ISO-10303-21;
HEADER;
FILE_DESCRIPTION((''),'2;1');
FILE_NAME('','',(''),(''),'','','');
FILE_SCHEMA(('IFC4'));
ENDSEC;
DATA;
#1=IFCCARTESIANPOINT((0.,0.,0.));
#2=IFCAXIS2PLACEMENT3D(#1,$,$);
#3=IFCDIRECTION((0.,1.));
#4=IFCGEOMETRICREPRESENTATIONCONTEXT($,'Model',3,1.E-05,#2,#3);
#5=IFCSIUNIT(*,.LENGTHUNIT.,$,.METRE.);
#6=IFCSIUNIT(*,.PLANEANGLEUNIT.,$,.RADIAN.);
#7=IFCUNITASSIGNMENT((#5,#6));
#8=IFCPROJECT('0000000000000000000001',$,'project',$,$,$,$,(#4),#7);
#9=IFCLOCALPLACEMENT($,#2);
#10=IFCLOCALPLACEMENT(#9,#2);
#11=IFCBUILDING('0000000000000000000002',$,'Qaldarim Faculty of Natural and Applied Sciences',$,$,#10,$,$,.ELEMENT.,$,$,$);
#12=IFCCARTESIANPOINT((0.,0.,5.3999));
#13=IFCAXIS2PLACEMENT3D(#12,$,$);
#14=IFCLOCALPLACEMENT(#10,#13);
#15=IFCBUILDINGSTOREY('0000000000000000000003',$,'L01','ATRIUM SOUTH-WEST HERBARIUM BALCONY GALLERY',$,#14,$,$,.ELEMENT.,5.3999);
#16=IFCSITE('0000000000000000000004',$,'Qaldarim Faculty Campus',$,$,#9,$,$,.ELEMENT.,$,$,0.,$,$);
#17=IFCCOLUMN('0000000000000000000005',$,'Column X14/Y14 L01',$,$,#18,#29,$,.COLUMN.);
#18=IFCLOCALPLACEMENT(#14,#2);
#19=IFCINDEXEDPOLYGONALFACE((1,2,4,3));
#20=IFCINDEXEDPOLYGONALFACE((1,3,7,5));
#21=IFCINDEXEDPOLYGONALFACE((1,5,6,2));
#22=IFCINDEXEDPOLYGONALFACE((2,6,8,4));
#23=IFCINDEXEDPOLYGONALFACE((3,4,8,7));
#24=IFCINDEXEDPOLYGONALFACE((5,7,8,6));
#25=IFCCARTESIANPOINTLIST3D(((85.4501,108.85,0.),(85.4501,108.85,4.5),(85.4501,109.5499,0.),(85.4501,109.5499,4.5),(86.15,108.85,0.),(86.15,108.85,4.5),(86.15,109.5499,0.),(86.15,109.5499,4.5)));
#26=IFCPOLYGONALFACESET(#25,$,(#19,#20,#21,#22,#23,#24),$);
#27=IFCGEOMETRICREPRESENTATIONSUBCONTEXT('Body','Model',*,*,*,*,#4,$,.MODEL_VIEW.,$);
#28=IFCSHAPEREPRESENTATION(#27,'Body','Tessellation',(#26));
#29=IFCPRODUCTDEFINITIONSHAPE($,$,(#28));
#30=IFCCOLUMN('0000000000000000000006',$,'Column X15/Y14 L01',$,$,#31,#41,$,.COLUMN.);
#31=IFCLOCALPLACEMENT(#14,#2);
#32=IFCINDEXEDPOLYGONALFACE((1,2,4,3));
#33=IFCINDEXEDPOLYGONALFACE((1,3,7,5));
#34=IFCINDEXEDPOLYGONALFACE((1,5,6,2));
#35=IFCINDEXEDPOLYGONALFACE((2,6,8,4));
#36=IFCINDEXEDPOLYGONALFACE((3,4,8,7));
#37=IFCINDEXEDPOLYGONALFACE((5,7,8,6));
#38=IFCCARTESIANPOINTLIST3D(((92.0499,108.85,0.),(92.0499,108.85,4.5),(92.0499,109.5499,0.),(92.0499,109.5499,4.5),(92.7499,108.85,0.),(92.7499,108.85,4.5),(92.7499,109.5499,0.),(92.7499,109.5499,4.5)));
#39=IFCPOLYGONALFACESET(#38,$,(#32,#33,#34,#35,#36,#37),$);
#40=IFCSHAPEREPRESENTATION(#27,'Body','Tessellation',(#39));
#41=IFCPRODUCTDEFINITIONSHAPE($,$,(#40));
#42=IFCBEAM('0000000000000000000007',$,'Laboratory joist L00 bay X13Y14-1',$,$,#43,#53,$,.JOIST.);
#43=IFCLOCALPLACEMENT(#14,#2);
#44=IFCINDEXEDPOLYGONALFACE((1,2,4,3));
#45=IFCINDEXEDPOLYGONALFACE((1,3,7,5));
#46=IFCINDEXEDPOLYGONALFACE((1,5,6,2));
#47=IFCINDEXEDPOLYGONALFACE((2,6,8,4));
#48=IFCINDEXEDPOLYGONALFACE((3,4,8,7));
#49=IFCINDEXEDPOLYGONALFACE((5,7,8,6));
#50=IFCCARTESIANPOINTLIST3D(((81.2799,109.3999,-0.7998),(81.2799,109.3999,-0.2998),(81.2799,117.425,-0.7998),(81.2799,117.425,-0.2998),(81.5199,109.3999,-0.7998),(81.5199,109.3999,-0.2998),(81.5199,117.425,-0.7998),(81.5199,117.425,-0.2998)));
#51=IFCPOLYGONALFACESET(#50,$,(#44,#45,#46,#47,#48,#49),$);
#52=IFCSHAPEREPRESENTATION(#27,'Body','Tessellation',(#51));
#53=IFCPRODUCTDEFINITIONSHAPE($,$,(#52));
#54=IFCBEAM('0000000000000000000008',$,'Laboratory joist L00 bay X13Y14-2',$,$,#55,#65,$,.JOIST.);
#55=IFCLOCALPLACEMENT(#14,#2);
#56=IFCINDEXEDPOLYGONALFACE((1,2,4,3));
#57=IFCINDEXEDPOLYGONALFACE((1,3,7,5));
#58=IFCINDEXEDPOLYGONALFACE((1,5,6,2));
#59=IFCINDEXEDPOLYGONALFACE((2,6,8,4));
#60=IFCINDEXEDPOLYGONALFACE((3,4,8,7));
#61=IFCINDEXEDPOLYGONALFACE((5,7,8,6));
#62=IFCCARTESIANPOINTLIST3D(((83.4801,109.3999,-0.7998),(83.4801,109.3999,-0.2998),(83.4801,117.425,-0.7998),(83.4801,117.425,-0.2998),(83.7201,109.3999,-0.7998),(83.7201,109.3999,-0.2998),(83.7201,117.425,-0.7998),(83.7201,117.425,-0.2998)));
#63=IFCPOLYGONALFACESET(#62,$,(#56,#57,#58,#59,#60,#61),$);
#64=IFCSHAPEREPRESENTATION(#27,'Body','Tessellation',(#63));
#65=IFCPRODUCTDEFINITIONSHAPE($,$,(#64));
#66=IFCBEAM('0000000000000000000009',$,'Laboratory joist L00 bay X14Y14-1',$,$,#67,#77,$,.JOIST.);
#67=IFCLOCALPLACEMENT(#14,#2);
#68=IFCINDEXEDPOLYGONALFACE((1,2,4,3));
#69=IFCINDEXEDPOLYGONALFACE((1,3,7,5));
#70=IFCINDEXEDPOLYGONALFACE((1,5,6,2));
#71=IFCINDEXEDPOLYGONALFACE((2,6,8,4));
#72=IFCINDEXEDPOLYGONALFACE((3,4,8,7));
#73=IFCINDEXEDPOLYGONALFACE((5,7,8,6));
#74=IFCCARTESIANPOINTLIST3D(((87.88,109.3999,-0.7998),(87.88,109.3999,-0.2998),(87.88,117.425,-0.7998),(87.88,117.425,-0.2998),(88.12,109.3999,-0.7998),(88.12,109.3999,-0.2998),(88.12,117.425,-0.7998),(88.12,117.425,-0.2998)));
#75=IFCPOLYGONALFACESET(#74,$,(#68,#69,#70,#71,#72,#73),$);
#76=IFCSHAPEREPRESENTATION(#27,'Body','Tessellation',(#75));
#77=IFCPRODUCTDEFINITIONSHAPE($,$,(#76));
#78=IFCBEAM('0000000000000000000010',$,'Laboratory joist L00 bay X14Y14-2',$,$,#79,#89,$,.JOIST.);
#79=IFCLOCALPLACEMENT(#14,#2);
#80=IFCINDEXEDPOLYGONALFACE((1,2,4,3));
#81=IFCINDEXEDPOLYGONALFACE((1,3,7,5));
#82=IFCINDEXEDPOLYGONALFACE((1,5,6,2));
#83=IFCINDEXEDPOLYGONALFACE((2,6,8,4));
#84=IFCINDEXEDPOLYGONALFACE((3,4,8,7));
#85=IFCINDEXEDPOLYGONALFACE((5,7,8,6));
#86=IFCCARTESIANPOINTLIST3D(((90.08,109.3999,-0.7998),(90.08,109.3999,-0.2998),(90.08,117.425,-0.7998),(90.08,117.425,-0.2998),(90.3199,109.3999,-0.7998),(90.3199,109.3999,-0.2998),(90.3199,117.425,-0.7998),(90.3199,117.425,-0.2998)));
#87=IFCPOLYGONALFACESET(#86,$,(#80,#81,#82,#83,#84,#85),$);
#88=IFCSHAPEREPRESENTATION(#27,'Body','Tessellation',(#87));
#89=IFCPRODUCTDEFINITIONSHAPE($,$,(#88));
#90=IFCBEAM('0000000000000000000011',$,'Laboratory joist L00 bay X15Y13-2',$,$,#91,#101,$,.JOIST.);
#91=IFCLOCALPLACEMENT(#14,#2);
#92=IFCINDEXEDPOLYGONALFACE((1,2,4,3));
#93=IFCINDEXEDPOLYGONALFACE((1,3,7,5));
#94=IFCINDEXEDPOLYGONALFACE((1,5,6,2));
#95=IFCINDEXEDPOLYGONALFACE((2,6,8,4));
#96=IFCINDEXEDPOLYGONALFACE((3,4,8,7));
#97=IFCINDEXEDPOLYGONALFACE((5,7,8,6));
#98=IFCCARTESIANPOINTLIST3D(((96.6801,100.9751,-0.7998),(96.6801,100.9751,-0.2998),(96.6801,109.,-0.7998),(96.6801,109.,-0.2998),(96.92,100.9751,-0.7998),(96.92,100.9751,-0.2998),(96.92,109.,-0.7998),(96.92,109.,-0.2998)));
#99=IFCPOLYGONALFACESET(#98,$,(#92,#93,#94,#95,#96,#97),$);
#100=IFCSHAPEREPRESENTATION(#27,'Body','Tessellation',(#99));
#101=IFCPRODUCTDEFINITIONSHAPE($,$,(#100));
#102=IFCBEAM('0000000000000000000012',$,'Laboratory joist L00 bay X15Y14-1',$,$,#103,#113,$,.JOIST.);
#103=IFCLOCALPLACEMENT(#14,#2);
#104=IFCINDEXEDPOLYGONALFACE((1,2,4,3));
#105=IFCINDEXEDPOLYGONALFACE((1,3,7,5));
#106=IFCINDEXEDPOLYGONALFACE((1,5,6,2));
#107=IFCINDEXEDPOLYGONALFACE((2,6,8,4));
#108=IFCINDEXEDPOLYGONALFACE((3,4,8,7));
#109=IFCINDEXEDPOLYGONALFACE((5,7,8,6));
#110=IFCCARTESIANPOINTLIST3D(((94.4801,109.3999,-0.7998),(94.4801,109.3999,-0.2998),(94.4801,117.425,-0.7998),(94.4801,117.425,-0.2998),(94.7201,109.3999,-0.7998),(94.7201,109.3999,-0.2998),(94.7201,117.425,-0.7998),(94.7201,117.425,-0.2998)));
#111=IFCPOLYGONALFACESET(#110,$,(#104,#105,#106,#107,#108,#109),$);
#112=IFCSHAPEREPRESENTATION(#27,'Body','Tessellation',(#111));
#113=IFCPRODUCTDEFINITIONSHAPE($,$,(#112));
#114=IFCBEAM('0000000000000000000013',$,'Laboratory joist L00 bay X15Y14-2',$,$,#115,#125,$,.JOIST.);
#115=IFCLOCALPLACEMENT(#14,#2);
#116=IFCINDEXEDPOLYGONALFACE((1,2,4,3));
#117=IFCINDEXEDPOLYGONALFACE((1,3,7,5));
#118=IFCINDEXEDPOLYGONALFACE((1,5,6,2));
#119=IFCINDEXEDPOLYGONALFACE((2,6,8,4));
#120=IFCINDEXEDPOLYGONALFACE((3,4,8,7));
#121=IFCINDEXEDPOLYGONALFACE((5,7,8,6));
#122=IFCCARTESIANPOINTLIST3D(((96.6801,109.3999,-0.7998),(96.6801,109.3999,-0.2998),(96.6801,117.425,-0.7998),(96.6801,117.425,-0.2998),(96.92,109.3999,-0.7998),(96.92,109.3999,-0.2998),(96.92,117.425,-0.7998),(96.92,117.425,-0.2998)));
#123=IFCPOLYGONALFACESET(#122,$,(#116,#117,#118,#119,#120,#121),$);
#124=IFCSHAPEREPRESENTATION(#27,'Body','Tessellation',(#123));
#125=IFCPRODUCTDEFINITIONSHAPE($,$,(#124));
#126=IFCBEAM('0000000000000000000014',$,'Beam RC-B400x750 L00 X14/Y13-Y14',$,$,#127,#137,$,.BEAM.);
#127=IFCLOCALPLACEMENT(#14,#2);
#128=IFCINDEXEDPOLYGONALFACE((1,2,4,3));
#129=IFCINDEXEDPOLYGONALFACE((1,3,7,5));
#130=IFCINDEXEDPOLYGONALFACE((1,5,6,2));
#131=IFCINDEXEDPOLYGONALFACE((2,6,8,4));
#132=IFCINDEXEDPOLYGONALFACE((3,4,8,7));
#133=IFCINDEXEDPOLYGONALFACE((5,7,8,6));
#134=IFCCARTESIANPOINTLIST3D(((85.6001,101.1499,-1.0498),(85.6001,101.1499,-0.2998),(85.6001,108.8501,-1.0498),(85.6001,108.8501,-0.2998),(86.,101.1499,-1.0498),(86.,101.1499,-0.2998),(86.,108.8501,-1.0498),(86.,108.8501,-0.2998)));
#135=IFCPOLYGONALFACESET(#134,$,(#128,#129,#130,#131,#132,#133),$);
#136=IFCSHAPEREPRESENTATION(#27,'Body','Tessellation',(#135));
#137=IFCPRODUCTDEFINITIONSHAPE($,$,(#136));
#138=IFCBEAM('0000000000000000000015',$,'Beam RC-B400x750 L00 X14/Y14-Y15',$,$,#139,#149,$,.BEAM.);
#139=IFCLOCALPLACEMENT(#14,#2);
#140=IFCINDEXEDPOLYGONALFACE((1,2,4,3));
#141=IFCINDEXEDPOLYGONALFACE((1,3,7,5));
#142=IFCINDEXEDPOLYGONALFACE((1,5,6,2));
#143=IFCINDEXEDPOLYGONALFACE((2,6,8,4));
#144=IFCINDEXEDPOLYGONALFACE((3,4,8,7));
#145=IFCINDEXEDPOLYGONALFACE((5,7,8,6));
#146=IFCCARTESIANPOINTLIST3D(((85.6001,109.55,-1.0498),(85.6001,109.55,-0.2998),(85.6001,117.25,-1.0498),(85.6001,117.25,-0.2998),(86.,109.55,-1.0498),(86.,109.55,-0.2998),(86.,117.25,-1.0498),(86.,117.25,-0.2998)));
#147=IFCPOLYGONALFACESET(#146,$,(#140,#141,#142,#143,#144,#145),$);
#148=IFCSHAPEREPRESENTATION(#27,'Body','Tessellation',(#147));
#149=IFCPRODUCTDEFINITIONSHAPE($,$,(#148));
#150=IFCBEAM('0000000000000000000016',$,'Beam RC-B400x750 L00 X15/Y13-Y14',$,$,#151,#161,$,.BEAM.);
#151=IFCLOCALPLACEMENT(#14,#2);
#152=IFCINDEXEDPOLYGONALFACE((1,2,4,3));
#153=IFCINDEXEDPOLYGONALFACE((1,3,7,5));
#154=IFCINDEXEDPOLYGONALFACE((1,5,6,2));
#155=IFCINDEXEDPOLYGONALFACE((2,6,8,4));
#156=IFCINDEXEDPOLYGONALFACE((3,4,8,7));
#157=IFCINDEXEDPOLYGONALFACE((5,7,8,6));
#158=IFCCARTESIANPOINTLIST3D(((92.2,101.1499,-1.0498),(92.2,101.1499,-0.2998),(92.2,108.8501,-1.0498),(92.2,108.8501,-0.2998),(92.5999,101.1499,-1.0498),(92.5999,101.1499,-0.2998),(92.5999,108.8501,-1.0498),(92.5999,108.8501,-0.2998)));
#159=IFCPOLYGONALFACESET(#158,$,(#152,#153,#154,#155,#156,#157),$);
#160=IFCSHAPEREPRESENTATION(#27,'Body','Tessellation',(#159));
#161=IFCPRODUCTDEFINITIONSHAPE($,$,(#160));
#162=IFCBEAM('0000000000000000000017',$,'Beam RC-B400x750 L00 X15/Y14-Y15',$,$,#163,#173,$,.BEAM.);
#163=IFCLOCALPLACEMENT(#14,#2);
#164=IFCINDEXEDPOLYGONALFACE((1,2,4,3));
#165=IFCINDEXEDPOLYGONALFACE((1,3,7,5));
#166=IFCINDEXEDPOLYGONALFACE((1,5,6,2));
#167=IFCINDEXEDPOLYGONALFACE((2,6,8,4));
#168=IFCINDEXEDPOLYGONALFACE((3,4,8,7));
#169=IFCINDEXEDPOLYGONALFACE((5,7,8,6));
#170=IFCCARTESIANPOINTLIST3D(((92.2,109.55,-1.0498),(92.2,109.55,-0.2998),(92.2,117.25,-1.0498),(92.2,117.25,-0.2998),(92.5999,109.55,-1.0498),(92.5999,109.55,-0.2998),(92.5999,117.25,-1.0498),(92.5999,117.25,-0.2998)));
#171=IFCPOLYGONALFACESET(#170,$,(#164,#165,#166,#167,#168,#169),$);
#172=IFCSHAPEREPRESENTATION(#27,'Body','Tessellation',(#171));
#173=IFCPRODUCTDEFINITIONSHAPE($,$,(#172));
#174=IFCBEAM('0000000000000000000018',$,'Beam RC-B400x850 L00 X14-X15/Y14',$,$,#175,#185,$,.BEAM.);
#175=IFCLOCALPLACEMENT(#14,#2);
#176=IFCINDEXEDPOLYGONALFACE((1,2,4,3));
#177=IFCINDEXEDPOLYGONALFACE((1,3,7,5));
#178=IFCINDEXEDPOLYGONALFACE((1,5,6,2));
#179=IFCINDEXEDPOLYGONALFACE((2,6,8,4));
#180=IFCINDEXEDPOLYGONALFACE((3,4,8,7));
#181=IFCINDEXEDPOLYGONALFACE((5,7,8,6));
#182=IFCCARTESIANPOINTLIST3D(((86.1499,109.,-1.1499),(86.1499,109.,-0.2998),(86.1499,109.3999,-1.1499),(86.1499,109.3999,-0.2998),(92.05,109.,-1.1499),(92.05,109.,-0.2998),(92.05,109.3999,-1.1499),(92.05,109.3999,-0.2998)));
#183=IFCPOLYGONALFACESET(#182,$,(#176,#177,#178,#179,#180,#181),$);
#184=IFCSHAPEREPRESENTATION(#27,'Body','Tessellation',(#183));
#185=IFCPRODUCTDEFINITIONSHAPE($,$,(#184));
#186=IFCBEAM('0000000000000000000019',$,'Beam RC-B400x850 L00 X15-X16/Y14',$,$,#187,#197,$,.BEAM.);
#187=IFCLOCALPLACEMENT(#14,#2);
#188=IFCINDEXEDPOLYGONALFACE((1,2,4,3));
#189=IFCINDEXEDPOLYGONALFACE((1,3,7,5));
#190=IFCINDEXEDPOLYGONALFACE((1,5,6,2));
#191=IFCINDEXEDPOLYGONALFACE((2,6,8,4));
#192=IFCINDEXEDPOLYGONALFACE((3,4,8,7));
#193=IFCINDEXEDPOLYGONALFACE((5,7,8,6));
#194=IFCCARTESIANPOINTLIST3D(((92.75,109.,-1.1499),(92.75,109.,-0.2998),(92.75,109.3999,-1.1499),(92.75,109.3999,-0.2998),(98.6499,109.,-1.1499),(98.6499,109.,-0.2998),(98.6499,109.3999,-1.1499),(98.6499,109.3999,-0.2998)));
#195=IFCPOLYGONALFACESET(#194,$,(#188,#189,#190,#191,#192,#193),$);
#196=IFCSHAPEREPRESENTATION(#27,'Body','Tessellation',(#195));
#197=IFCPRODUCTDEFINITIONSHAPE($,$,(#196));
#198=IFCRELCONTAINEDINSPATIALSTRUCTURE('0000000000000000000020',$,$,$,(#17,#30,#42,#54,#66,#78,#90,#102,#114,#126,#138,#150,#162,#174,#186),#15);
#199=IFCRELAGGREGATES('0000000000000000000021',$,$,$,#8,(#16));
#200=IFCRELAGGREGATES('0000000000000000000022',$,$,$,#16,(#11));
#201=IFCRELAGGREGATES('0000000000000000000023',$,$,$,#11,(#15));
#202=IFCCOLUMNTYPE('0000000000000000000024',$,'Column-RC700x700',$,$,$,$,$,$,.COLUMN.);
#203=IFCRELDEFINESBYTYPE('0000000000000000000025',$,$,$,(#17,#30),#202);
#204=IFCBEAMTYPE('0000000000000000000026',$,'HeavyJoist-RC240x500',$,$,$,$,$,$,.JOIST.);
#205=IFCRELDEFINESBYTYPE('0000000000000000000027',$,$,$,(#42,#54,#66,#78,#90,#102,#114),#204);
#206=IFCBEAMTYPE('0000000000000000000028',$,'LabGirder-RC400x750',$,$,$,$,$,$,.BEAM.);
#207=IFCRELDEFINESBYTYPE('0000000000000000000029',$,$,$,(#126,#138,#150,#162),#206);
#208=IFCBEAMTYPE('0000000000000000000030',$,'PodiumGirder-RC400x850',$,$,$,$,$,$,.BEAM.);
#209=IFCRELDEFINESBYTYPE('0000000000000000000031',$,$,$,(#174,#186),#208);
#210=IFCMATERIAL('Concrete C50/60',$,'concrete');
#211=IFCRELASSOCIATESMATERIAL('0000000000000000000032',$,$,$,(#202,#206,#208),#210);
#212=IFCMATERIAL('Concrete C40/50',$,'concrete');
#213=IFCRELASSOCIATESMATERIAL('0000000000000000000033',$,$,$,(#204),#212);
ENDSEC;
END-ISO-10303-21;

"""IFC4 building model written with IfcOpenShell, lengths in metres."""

from ifc_helpers import new_model, si_unit, direction, frame, origin, origin_2d, place, context, subcontext, project, spatial, rectangle, extrude, material, material_profile, profile_set, type_object, element, save


model = new_model("IFC4")

# Units and contexts
model_context = context("Model", 3, precision=1e-05, world=origin(), true_north=direction((0.0, 1.0)))
body_context = subcontext(model_context, "Body", "Model", "MODEL_VIEW")
ifc_project = project(units=[si_unit("LENGTHUNIT", "METRE"), si_unit("PLANEANGLEUNIT", "RADIAN")], contexts=[model_context])

# Site, building, storey
site_placement = place(None, origin())
site = spatial("IfcSite", under=ifc_project, at=site_placement, Name="Qaldarim Faculty Campus", CompositionType="ELEMENT", RefElevation=0.0)
building_placement = place(site_placement, origin())
building = spatial("IfcBuilding", under=site, at=building_placement, Name="Qaldarim Faculty of Natural and Applied Sciences", CompositionType="ELEMENT")
storey_placement = place(building_placement, frame((0.0, 0.0, 5.3999)))
storey = spatial("IfcBuildingStorey", under=building, at=storey_placement, Name="L01", Description="ATRIUM SOUTH-WEST HERBARIUM BALCONY GALLERY", CompositionType="ELEMENT", Elevation=5.3999)

# Columns
ifc_material_1 = material(Name="Concrete C50/60", Category="concrete")
ifc_material_profile_1 = material_profile(ifc_material_1, rectangle(XDim=0.7, YDim=0.7, at=origin_2d()), Name="RC-C700x700")
ifc_profile_set_1 = profile_set([ifc_material_profile_1], Name="Concrete C50/60")
column_type = type_object("IfcColumnType", Name="Column-RC700x700", PredefinedType="COLUMN", material=ifc_profile_set_1)
for number, where, z_axis, x_axis, name in (
    (1, (85.8, 109.2, 0.0), (0.0, 0.0, 1.0), (1.0, 0.0, 0.0), "Column X14/Y14 L01"),
    (2, (92.3999, 109.2, 0.0), (0.0, 0.0, 1.0), (1.0, 0.0, 0.0), "Column X15/Y14 L01"),
):
    element("IfcColumn", number, at=place(storey_placement, frame(where, z_axis=z_axis, x_axis=x_axis)), inside=storey, type_object=column_type, Name=name, PredefinedType="COLUMN", context=body_context, shape_type="SweptSolid", body=[
        extrude(rectangle(XDim=0.7, YDim=0.7, at=origin_2d()), origin(), (0.0, 0.0, 1.0), 4.5),
    ])

# Beams
ifc_material_2 = material(Name="Concrete C40/50", Category="concrete")
ifc_material_profile_2 = material_profile(ifc_material_2, rectangle(XDim=0.24, YDim=0.5, at=origin_2d()), Name="RC-J240x500")
ifc_profile_set_2 = profile_set([ifc_material_profile_2], Name="Concrete C40/50")
beam_type_1 = type_object("IfcBeamType", Name="HeavyJoist-RC240x500", PredefinedType="JOIST", material=ifc_profile_set_2)
for number, where, z_axis, x_axis, name in (
    (3, (81.3999, 109.3999, -0.5498), (0.0, 1.0, 0.0), (-1.0, 0.0, 0.0), "Laboratory joist L00 bay X13Y14-1"),
    (4, (83.6001, 109.3999, -0.5498), (0.0, 1.0, 0.0), (-1.0, 0.0, 0.0), "Laboratory joist L00 bay X13Y14-2"),
    (5, (88.0, 109.3999, -0.5498), (0.0, 1.0, 0.0), (-1.0, 0.0, 0.0), "Laboratory joist L00 bay X14Y14-1"),
    (6, (90.2, 109.3999, -0.5498), (0.0, 1.0, 0.0), (-1.0, 0.0, 0.0), "Laboratory joist L00 bay X14Y14-2"),
):
    element("IfcBeam", number, at=place(storey_placement, frame(where, z_axis=z_axis, x_axis=x_axis)), inside=storey, type_object=beam_type_1, Name=name, PredefinedType="JOIST", context=body_context, shape_type="SweptSolid", body=[
        extrude(rectangle(XDim=0.24, YDim=0.5, at=origin_2d()), origin(), (0.0, 0.0, 1.0), 8.0251),
    ])
beam_1_placement = place(storey_placement, frame((96.8, 100.9751, -0.5498), z_axis=(0.0, 1.0, 0.0), x_axis=(-1.0, 0.0, 0.0)))
element("IfcBeam", 7, at=beam_1_placement, inside=storey, type_object=beam_type_1, Name="Laboratory joist L00 bay X15Y13-2", PredefinedType="JOIST", context=body_context, shape_type="SweptSolid", body=[
    extrude(rectangle(XDim=0.24, YDim=0.5, at=origin_2d()), origin(), (0.0, 0.0, 1.0), 8.0249),
])
for number, where, z_axis, x_axis, name in (
    (8, (94.6001, 109.3999, -0.5498), (0.0, 1.0, 0.0), (-1.0, 0.0, 0.0), "Laboratory joist L00 bay X15Y14-1"),
    (9, (96.8, 109.3999, -0.5498), (0.0, 1.0, 0.0), (-1.0, 0.0, 0.0), "Laboratory joist L00 bay X15Y14-2"),
):
    element("IfcBeam", number, at=place(storey_placement, frame(where, z_axis=z_axis, x_axis=x_axis)), inside=storey, type_object=beam_type_1, Name=name, PredefinedType="JOIST", context=body_context, shape_type="SweptSolid", body=[
        extrude(rectangle(XDim=0.24, YDim=0.5, at=origin_2d()), origin(), (0.0, 0.0, 1.0), 8.0251),
    ])
ifc_material_profile_3 = material_profile(ifc_material_1, rectangle(XDim=0.3999, YDim=0.75, at=origin_2d()), Name="RC-B400x750")
ifc_profile_set_3 = profile_set([ifc_material_profile_3], Name="Concrete C50/60")
beam_type_2 = type_object("IfcBeamType", Name="LabGirder-RC400x750", PredefinedType="BEAM", material=ifc_profile_set_3)
beam_2_placement = place(storey_placement, frame((85.8, 101.1499, -0.6748), z_axis=(0.0, 1.0, 0.0), x_axis=(-1.0, 0.0, 0.0)))
element("IfcBeam", 10, at=beam_2_placement, inside=storey, type_object=beam_type_2, Name="Beam RC-B400x750 L00 X14/Y13-Y14", PredefinedType="BEAM", context=body_context, shape_type="SweptSolid", body=[
    extrude(rectangle(XDim=0.3999, YDim=0.75, at=origin_2d()), origin(), (0.0, 0.0, 1.0), 7.7002),
])
beam_3_placement = place(storey_placement, frame((85.8, 109.55, -0.6748), z_axis=(0.0, 1.0, 0.0), x_axis=(-1.0, 0.0, 0.0)))
element("IfcBeam", 11, at=beam_3_placement, inside=storey, type_object=beam_type_2, Name="Beam RC-B400x750 L00 X14/Y14-Y15", PredefinedType="BEAM", context=body_context, shape_type="SweptSolid", body=[
    extrude(rectangle(XDim=0.3999, YDim=0.75, at=origin_2d()), origin(), (0.0, 0.0, 1.0), 7.7),
])
beam_4_placement = place(storey_placement, frame((92.3999, 101.1499, -0.6748), z_axis=(0.0, 1.0, 0.0), x_axis=(-1.0, 0.0, 0.0)))
element("IfcBeam", 12, at=beam_4_placement, inside=storey, type_object=beam_type_2, Name="Beam RC-B400x750 L00 X15/Y13-Y14", PredefinedType="BEAM", context=body_context, shape_type="SweptSolid", body=[
    extrude(rectangle(XDim=0.3999, YDim=0.75, at=origin_2d()), origin(), (0.0, 0.0, 1.0), 7.7002),
])
beam_5_placement = place(storey_placement, frame((92.3999, 109.55, -0.6748), z_axis=(0.0, 1.0, 0.0), x_axis=(-1.0, 0.0, 0.0)))
element("IfcBeam", 13, at=beam_5_placement, inside=storey, type_object=beam_type_2, Name="Beam RC-B400x750 L00 X15/Y14-Y15", PredefinedType="BEAM", context=body_context, shape_type="SweptSolid", body=[
    extrude(rectangle(XDim=0.3999, YDim=0.75, at=origin_2d()), origin(), (0.0, 0.0, 1.0), 7.7),
])
ifc_material_profile_4 = material_profile(ifc_material_1, rectangle(XDim=0.3999, YDim=0.8501, at=origin_2d()), Name="RC-B400x850")
ifc_profile_set_4 = profile_set([ifc_material_profile_4], Name="Concrete C50/60")
beam_type_3 = type_object("IfcBeamType", Name="PodiumGirder-RC400x850", PredefinedType="BEAM", material=ifc_profile_set_4)
beam_6_placement = place(storey_placement, frame((86.1499, 109.2, -0.7249), z_axis=(1.0, 0.0, 0.0), x_axis=(0.0, 1.0, 0.0)))
element("IfcBeam", 14, at=beam_6_placement, inside=storey, type_object=beam_type_3, Name="Beam RC-B400x850 L00 X14-X15/Y14", PredefinedType="BEAM", context=body_context, shape_type="SweptSolid", body=[
    extrude(rectangle(XDim=0.3999, YDim=0.8501, at=origin_2d()), origin(), (0.0, 0.0, 1.0), 5.9001),
])
beam_7_placement = place(storey_placement, frame((92.75, 109.2, -0.7249), z_axis=(1.0, 0.0, 0.0), x_axis=(0.0, 1.0, 0.0)))
element("IfcBeam", 15, at=beam_7_placement, inside=storey, type_object=beam_type_3, Name="Beam RC-B400x850 L00 X15-X16/Y14", PredefinedType="BEAM", context=body_context, shape_type="SweptSolid", body=[
    extrude(rectangle(XDim=0.3999, YDim=0.8501, at=origin_2d()), origin(), (0.0, 0.0, 1.0), 5.8999),
])

save(model, "model.ifc")
